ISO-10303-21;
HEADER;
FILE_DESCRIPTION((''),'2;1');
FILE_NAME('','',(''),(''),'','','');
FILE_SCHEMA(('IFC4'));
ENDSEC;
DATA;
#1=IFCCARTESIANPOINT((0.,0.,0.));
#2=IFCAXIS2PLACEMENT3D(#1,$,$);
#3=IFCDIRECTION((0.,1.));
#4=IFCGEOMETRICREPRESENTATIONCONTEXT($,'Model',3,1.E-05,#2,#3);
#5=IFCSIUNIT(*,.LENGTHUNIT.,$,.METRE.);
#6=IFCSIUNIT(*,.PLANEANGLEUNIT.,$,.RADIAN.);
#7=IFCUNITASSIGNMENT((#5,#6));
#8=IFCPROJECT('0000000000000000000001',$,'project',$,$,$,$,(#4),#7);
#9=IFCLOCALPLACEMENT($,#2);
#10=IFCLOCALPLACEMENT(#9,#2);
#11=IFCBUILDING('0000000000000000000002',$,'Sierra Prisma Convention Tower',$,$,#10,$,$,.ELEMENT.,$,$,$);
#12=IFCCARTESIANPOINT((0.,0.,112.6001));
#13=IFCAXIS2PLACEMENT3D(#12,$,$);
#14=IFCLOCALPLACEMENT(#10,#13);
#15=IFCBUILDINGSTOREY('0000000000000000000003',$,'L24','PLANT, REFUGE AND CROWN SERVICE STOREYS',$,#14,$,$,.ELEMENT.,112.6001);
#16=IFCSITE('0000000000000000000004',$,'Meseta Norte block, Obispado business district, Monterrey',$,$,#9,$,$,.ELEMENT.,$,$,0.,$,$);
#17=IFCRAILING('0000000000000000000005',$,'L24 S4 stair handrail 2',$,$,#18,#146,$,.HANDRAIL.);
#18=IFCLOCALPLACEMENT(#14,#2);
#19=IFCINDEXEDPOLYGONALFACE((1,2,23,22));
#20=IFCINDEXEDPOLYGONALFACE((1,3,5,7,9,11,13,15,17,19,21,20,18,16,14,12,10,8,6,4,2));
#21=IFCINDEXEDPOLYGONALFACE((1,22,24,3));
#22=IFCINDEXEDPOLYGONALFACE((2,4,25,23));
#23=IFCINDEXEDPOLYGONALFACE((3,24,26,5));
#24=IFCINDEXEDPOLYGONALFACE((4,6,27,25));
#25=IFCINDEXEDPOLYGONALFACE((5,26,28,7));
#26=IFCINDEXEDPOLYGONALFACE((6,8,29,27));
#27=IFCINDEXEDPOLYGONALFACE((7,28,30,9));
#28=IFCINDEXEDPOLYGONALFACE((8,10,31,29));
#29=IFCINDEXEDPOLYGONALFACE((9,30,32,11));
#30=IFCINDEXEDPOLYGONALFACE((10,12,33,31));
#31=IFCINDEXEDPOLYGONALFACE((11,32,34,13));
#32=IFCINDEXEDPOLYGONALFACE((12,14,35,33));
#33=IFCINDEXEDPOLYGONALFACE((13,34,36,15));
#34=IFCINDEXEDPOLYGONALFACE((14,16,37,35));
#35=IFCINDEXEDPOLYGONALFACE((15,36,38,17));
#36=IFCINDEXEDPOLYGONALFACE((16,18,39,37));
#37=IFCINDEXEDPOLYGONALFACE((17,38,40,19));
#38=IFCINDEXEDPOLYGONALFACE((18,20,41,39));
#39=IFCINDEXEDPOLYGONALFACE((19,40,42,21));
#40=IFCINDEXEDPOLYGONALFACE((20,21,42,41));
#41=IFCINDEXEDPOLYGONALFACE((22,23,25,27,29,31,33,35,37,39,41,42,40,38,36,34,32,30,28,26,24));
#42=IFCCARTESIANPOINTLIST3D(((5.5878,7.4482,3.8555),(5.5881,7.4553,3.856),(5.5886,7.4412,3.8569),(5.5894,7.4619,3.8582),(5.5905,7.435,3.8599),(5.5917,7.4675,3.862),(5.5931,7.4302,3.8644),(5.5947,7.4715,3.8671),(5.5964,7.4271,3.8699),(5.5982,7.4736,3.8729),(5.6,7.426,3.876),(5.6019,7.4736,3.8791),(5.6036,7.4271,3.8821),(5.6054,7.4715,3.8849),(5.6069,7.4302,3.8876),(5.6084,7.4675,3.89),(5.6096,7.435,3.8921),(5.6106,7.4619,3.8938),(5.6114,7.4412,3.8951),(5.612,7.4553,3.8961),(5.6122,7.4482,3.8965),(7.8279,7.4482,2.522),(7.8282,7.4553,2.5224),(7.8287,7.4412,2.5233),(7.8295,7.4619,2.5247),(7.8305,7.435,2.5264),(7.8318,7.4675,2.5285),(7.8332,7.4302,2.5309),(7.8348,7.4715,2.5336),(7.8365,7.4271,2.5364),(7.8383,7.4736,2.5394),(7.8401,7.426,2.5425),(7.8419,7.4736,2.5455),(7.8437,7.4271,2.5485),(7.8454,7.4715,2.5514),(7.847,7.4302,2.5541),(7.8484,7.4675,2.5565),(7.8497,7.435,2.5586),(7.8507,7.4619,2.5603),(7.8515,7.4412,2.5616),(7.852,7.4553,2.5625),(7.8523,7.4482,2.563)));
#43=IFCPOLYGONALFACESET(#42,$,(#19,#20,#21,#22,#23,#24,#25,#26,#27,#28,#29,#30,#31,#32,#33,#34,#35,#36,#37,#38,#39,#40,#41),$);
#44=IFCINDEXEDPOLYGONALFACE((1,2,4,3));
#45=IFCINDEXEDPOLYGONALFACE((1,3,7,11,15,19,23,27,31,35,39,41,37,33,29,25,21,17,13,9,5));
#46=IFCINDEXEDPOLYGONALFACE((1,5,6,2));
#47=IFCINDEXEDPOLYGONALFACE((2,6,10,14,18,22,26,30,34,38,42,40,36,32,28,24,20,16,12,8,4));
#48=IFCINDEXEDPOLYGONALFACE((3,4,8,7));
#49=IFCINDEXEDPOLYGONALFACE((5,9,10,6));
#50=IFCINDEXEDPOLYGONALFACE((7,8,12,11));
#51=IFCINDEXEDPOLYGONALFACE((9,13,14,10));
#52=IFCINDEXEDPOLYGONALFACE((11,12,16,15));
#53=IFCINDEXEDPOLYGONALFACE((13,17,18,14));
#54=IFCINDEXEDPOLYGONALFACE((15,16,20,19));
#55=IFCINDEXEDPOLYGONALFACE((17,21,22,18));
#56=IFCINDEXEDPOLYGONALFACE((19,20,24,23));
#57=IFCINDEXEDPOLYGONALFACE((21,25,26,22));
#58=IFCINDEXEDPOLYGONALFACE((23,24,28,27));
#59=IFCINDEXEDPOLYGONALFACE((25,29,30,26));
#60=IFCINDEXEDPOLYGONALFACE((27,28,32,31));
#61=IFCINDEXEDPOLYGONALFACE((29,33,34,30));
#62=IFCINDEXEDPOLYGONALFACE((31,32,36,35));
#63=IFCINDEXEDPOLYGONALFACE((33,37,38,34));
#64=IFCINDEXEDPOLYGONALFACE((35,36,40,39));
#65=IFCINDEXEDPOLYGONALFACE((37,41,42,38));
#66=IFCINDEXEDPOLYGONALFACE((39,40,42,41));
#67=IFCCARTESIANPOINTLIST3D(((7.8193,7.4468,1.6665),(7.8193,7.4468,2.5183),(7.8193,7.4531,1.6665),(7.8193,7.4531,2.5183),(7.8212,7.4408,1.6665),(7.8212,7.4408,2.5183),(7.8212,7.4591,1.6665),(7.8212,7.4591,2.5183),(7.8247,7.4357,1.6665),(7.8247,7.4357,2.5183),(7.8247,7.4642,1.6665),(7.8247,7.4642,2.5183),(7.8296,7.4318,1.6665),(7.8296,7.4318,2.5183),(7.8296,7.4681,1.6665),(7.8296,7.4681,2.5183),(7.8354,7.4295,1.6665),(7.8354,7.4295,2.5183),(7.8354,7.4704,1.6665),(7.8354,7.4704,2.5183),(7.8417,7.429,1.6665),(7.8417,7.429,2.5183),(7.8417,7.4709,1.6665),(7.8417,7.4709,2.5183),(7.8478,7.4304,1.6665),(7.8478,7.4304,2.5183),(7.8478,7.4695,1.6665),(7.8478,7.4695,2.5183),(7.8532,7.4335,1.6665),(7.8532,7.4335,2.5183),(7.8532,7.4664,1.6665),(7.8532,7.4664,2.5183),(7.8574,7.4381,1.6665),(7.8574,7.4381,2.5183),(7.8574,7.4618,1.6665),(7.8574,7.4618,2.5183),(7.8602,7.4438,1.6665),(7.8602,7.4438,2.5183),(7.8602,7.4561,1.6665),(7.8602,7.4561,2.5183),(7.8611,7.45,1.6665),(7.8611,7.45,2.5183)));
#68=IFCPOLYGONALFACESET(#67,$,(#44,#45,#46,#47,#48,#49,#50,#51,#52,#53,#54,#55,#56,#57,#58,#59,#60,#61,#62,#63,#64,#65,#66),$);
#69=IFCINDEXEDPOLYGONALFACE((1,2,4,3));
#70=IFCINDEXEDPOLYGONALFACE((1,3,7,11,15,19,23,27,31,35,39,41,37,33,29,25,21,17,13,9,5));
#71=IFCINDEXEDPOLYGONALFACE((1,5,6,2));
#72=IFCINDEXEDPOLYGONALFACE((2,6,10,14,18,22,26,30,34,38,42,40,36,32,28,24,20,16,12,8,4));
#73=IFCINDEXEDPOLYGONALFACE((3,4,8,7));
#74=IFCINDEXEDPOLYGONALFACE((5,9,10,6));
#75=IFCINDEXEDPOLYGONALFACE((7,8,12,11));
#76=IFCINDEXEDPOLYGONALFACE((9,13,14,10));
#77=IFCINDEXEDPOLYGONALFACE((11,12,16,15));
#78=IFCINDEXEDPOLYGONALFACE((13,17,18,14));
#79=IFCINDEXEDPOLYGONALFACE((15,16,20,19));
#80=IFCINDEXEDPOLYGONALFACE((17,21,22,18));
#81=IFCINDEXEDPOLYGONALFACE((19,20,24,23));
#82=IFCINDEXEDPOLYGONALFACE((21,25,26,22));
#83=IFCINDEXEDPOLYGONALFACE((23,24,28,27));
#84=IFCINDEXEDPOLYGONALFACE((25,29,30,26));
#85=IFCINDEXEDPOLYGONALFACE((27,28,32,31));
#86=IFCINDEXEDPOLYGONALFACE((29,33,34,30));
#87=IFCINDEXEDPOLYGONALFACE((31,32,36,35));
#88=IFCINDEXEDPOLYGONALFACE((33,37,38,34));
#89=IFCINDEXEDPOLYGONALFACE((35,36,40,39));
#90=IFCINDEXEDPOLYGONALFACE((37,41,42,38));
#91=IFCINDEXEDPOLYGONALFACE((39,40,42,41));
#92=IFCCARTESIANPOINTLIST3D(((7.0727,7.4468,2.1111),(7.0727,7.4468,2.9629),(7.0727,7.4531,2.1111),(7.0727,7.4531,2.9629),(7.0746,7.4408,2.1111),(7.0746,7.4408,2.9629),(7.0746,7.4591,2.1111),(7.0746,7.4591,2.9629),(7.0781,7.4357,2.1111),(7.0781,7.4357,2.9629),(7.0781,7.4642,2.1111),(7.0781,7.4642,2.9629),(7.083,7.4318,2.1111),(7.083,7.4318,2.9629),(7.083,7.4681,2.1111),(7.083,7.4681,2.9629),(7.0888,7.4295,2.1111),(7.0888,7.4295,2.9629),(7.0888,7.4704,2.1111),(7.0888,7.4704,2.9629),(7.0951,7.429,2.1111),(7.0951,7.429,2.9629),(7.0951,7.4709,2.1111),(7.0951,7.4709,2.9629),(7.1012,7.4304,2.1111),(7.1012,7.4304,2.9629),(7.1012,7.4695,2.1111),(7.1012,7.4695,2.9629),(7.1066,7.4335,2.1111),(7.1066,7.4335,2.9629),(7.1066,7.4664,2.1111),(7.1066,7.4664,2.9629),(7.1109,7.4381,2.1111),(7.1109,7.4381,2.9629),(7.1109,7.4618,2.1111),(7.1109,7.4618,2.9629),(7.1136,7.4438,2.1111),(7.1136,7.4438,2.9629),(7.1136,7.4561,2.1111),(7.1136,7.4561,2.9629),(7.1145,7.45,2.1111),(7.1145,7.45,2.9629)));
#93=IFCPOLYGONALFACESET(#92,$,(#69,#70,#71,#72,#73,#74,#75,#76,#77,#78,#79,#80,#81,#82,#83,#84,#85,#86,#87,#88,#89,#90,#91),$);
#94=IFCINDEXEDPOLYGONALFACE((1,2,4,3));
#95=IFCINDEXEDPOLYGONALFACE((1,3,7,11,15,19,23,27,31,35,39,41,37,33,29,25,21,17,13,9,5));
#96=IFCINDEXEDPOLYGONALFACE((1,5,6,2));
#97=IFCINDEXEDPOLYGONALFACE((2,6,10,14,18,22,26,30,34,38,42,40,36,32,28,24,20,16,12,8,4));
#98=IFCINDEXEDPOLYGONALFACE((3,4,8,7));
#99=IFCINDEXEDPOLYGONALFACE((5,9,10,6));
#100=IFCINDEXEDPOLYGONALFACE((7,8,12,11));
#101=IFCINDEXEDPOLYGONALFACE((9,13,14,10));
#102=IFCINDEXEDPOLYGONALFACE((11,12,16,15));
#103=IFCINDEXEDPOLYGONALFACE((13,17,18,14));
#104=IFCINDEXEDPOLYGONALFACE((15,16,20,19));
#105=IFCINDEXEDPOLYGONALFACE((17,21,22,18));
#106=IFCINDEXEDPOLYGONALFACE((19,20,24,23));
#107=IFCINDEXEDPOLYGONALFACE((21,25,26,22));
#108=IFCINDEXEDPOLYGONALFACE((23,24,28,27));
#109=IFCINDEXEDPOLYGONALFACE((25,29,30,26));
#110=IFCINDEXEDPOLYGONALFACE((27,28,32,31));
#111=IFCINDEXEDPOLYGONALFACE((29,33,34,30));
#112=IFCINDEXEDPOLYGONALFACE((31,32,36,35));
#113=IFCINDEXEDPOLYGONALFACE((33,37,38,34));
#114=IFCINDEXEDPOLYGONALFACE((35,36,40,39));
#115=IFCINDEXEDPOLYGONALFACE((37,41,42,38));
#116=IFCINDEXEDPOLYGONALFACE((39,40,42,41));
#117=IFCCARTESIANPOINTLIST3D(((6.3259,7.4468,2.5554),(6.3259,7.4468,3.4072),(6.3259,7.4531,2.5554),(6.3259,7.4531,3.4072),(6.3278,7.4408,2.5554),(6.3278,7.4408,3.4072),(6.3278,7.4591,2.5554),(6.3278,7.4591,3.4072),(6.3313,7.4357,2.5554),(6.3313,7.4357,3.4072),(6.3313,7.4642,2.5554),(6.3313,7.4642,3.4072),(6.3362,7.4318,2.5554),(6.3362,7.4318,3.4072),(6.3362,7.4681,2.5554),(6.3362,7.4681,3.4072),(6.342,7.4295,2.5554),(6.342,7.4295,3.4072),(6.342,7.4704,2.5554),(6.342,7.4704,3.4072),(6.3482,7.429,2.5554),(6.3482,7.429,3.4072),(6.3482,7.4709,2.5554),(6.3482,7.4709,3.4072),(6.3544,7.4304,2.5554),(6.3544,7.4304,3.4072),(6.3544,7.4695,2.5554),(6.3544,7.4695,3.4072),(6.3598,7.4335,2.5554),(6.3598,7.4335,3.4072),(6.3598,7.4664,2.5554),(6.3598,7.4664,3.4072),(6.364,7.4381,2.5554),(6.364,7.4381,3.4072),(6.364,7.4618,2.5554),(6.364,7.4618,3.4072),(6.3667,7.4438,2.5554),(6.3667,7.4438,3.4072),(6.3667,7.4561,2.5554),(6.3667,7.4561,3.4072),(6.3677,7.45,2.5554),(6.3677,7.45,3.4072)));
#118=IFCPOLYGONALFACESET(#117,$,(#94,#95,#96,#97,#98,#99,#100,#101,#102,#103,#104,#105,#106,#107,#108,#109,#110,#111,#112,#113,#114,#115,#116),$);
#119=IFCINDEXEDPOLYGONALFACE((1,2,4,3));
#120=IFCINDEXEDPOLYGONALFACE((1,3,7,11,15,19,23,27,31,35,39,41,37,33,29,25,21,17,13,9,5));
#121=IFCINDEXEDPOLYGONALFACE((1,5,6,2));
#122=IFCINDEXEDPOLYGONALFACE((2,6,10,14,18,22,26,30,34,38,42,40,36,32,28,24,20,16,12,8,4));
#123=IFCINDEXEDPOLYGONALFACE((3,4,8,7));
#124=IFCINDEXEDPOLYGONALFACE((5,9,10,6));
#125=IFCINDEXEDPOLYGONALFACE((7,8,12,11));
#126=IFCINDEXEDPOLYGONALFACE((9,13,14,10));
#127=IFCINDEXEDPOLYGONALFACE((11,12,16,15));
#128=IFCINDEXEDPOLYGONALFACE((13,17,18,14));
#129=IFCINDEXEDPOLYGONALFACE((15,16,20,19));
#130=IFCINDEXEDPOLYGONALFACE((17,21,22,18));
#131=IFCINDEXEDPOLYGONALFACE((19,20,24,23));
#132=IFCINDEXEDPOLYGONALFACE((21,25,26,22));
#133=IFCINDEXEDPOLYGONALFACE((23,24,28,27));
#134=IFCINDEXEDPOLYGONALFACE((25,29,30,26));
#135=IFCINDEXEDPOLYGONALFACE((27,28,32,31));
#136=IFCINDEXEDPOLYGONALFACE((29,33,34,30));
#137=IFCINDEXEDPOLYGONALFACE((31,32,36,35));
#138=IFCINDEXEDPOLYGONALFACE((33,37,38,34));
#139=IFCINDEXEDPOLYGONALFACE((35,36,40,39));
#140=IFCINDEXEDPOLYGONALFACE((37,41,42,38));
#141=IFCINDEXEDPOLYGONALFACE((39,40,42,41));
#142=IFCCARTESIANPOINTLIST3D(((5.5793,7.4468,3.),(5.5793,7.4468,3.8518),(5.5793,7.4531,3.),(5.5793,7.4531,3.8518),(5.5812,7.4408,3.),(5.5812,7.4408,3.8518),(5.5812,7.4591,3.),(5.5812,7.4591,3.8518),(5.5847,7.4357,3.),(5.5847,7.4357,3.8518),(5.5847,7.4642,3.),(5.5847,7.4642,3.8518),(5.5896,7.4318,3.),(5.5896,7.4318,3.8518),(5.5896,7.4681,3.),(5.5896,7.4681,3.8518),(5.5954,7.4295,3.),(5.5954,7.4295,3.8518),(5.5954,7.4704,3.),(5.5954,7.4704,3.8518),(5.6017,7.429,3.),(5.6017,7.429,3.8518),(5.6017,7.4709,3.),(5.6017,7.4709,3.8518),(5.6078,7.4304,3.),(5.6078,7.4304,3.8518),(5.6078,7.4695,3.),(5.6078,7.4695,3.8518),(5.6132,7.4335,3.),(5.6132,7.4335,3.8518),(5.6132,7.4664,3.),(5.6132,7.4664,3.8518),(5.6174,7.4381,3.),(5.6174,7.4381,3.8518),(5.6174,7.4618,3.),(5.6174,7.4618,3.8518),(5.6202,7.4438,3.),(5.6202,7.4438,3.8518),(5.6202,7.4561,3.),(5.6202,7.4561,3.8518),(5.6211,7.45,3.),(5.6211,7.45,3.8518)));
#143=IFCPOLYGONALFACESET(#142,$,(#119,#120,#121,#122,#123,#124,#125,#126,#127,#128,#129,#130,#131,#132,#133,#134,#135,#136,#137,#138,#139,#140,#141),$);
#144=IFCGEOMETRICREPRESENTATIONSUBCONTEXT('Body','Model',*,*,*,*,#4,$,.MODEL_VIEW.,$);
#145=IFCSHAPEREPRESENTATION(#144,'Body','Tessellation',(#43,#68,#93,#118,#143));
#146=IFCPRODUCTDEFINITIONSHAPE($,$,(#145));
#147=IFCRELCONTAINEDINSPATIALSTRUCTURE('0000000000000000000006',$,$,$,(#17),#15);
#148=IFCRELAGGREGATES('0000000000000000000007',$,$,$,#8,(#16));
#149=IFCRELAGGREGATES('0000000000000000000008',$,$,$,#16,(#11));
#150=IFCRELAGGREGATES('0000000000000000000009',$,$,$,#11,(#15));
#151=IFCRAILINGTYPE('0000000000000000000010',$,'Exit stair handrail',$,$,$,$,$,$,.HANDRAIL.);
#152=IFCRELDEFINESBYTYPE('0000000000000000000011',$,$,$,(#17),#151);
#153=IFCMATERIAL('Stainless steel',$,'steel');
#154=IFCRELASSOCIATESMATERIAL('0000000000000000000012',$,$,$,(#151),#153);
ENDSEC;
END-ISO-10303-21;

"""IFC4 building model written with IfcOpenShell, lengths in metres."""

from ifc_helpers import new_model, si_unit, direction, frame, origin, origin_2d, place, context, subcontext, project, spatial, circle, extrude, material, type_object, element, save


model = new_model("IFC4")

# Units and contexts
model_context = context("Model", 3, precision=1e-05, world=origin(), true_north=direction((0.0, 1.0)))
body_context = subcontext(model_context, "Body", "Model", "MODEL_VIEW")
ifc_project = project(units=[si_unit("LENGTHUNIT", "METRE"), si_unit("PLANEANGLEUNIT", "RADIAN")], contexts=[model_context])

# Site, building, storey
site_placement = place(None, origin())
site = spatial("IfcSite", under=ifc_project, at=site_placement, Name="Meseta Norte block, Obispado business district, Monterrey", CompositionType="ELEMENT", RefElevation=0.0)
building_placement = place(site_placement, origin())
building = spatial("IfcBuilding", under=site, at=building_placement, Name="Sierra Prisma Convention Tower", CompositionType="ELEMENT")
storey_placement = place(building_placement, frame((0.0, 0.0, 112.6001)))
storey = spatial("IfcBuildingStorey", under=building, at=storey_placement, Name="L24", Description="PLANT, REFUGE AND CROWN SERVICE STOREYS", CompositionType="ELEMENT", Elevation=112.6001)

# Railing
ifc_material_1 = material(Name="Stainless steel", Category="steel")
railing_type_1 = type_object("IfcRailingType", Name="Exit stair handrail", PredefinedType="HANDRAIL", material=ifc_material_1)
railing_1_placement = place(storey_placement, frame((7.8401, 7.45, 1.6665)))
element("IfcRailing", 1, at=railing_1_placement, inside=storey, type_object=railing_type_1, Name="L24 S4 stair handrail 2", PredefinedType="HANDRAIL", context=body_context, shape_type="SweptSolid", body=[
    extrude(circle(Radius=0.0239, at=origin_2d()), frame((0.0, 0.0, 0.876), z_axis=(-0.859264, 0.0, 0.511532), x_axis=(0.0, -1.0, 0.0)), (0.0, 0.0, 1.0), 2.6069),
    extrude(circle(Radius=0.021, at=origin_2d()), origin(), (0.0, 0.0, 1.0), 0.8518),
    extrude(circle(Radius=0.021, at=origin_2d()), frame((-0.7466, 0.0, 0.4446)), (0.0, 0.0, 1.0), 0.8518),
    extrude(circle(Radius=0.021, at=origin_2d()), frame((-1.4934, 0.0, 0.8889)), (0.0, 0.0, 1.0), 0.8518),
    extrude(circle(Radius=0.021, at=origin_2d()), frame((-2.24, 0.0, 1.3335)), (0.0, 0.0, 1.0), 0.8518),
])

save(model, "model.ifc")
